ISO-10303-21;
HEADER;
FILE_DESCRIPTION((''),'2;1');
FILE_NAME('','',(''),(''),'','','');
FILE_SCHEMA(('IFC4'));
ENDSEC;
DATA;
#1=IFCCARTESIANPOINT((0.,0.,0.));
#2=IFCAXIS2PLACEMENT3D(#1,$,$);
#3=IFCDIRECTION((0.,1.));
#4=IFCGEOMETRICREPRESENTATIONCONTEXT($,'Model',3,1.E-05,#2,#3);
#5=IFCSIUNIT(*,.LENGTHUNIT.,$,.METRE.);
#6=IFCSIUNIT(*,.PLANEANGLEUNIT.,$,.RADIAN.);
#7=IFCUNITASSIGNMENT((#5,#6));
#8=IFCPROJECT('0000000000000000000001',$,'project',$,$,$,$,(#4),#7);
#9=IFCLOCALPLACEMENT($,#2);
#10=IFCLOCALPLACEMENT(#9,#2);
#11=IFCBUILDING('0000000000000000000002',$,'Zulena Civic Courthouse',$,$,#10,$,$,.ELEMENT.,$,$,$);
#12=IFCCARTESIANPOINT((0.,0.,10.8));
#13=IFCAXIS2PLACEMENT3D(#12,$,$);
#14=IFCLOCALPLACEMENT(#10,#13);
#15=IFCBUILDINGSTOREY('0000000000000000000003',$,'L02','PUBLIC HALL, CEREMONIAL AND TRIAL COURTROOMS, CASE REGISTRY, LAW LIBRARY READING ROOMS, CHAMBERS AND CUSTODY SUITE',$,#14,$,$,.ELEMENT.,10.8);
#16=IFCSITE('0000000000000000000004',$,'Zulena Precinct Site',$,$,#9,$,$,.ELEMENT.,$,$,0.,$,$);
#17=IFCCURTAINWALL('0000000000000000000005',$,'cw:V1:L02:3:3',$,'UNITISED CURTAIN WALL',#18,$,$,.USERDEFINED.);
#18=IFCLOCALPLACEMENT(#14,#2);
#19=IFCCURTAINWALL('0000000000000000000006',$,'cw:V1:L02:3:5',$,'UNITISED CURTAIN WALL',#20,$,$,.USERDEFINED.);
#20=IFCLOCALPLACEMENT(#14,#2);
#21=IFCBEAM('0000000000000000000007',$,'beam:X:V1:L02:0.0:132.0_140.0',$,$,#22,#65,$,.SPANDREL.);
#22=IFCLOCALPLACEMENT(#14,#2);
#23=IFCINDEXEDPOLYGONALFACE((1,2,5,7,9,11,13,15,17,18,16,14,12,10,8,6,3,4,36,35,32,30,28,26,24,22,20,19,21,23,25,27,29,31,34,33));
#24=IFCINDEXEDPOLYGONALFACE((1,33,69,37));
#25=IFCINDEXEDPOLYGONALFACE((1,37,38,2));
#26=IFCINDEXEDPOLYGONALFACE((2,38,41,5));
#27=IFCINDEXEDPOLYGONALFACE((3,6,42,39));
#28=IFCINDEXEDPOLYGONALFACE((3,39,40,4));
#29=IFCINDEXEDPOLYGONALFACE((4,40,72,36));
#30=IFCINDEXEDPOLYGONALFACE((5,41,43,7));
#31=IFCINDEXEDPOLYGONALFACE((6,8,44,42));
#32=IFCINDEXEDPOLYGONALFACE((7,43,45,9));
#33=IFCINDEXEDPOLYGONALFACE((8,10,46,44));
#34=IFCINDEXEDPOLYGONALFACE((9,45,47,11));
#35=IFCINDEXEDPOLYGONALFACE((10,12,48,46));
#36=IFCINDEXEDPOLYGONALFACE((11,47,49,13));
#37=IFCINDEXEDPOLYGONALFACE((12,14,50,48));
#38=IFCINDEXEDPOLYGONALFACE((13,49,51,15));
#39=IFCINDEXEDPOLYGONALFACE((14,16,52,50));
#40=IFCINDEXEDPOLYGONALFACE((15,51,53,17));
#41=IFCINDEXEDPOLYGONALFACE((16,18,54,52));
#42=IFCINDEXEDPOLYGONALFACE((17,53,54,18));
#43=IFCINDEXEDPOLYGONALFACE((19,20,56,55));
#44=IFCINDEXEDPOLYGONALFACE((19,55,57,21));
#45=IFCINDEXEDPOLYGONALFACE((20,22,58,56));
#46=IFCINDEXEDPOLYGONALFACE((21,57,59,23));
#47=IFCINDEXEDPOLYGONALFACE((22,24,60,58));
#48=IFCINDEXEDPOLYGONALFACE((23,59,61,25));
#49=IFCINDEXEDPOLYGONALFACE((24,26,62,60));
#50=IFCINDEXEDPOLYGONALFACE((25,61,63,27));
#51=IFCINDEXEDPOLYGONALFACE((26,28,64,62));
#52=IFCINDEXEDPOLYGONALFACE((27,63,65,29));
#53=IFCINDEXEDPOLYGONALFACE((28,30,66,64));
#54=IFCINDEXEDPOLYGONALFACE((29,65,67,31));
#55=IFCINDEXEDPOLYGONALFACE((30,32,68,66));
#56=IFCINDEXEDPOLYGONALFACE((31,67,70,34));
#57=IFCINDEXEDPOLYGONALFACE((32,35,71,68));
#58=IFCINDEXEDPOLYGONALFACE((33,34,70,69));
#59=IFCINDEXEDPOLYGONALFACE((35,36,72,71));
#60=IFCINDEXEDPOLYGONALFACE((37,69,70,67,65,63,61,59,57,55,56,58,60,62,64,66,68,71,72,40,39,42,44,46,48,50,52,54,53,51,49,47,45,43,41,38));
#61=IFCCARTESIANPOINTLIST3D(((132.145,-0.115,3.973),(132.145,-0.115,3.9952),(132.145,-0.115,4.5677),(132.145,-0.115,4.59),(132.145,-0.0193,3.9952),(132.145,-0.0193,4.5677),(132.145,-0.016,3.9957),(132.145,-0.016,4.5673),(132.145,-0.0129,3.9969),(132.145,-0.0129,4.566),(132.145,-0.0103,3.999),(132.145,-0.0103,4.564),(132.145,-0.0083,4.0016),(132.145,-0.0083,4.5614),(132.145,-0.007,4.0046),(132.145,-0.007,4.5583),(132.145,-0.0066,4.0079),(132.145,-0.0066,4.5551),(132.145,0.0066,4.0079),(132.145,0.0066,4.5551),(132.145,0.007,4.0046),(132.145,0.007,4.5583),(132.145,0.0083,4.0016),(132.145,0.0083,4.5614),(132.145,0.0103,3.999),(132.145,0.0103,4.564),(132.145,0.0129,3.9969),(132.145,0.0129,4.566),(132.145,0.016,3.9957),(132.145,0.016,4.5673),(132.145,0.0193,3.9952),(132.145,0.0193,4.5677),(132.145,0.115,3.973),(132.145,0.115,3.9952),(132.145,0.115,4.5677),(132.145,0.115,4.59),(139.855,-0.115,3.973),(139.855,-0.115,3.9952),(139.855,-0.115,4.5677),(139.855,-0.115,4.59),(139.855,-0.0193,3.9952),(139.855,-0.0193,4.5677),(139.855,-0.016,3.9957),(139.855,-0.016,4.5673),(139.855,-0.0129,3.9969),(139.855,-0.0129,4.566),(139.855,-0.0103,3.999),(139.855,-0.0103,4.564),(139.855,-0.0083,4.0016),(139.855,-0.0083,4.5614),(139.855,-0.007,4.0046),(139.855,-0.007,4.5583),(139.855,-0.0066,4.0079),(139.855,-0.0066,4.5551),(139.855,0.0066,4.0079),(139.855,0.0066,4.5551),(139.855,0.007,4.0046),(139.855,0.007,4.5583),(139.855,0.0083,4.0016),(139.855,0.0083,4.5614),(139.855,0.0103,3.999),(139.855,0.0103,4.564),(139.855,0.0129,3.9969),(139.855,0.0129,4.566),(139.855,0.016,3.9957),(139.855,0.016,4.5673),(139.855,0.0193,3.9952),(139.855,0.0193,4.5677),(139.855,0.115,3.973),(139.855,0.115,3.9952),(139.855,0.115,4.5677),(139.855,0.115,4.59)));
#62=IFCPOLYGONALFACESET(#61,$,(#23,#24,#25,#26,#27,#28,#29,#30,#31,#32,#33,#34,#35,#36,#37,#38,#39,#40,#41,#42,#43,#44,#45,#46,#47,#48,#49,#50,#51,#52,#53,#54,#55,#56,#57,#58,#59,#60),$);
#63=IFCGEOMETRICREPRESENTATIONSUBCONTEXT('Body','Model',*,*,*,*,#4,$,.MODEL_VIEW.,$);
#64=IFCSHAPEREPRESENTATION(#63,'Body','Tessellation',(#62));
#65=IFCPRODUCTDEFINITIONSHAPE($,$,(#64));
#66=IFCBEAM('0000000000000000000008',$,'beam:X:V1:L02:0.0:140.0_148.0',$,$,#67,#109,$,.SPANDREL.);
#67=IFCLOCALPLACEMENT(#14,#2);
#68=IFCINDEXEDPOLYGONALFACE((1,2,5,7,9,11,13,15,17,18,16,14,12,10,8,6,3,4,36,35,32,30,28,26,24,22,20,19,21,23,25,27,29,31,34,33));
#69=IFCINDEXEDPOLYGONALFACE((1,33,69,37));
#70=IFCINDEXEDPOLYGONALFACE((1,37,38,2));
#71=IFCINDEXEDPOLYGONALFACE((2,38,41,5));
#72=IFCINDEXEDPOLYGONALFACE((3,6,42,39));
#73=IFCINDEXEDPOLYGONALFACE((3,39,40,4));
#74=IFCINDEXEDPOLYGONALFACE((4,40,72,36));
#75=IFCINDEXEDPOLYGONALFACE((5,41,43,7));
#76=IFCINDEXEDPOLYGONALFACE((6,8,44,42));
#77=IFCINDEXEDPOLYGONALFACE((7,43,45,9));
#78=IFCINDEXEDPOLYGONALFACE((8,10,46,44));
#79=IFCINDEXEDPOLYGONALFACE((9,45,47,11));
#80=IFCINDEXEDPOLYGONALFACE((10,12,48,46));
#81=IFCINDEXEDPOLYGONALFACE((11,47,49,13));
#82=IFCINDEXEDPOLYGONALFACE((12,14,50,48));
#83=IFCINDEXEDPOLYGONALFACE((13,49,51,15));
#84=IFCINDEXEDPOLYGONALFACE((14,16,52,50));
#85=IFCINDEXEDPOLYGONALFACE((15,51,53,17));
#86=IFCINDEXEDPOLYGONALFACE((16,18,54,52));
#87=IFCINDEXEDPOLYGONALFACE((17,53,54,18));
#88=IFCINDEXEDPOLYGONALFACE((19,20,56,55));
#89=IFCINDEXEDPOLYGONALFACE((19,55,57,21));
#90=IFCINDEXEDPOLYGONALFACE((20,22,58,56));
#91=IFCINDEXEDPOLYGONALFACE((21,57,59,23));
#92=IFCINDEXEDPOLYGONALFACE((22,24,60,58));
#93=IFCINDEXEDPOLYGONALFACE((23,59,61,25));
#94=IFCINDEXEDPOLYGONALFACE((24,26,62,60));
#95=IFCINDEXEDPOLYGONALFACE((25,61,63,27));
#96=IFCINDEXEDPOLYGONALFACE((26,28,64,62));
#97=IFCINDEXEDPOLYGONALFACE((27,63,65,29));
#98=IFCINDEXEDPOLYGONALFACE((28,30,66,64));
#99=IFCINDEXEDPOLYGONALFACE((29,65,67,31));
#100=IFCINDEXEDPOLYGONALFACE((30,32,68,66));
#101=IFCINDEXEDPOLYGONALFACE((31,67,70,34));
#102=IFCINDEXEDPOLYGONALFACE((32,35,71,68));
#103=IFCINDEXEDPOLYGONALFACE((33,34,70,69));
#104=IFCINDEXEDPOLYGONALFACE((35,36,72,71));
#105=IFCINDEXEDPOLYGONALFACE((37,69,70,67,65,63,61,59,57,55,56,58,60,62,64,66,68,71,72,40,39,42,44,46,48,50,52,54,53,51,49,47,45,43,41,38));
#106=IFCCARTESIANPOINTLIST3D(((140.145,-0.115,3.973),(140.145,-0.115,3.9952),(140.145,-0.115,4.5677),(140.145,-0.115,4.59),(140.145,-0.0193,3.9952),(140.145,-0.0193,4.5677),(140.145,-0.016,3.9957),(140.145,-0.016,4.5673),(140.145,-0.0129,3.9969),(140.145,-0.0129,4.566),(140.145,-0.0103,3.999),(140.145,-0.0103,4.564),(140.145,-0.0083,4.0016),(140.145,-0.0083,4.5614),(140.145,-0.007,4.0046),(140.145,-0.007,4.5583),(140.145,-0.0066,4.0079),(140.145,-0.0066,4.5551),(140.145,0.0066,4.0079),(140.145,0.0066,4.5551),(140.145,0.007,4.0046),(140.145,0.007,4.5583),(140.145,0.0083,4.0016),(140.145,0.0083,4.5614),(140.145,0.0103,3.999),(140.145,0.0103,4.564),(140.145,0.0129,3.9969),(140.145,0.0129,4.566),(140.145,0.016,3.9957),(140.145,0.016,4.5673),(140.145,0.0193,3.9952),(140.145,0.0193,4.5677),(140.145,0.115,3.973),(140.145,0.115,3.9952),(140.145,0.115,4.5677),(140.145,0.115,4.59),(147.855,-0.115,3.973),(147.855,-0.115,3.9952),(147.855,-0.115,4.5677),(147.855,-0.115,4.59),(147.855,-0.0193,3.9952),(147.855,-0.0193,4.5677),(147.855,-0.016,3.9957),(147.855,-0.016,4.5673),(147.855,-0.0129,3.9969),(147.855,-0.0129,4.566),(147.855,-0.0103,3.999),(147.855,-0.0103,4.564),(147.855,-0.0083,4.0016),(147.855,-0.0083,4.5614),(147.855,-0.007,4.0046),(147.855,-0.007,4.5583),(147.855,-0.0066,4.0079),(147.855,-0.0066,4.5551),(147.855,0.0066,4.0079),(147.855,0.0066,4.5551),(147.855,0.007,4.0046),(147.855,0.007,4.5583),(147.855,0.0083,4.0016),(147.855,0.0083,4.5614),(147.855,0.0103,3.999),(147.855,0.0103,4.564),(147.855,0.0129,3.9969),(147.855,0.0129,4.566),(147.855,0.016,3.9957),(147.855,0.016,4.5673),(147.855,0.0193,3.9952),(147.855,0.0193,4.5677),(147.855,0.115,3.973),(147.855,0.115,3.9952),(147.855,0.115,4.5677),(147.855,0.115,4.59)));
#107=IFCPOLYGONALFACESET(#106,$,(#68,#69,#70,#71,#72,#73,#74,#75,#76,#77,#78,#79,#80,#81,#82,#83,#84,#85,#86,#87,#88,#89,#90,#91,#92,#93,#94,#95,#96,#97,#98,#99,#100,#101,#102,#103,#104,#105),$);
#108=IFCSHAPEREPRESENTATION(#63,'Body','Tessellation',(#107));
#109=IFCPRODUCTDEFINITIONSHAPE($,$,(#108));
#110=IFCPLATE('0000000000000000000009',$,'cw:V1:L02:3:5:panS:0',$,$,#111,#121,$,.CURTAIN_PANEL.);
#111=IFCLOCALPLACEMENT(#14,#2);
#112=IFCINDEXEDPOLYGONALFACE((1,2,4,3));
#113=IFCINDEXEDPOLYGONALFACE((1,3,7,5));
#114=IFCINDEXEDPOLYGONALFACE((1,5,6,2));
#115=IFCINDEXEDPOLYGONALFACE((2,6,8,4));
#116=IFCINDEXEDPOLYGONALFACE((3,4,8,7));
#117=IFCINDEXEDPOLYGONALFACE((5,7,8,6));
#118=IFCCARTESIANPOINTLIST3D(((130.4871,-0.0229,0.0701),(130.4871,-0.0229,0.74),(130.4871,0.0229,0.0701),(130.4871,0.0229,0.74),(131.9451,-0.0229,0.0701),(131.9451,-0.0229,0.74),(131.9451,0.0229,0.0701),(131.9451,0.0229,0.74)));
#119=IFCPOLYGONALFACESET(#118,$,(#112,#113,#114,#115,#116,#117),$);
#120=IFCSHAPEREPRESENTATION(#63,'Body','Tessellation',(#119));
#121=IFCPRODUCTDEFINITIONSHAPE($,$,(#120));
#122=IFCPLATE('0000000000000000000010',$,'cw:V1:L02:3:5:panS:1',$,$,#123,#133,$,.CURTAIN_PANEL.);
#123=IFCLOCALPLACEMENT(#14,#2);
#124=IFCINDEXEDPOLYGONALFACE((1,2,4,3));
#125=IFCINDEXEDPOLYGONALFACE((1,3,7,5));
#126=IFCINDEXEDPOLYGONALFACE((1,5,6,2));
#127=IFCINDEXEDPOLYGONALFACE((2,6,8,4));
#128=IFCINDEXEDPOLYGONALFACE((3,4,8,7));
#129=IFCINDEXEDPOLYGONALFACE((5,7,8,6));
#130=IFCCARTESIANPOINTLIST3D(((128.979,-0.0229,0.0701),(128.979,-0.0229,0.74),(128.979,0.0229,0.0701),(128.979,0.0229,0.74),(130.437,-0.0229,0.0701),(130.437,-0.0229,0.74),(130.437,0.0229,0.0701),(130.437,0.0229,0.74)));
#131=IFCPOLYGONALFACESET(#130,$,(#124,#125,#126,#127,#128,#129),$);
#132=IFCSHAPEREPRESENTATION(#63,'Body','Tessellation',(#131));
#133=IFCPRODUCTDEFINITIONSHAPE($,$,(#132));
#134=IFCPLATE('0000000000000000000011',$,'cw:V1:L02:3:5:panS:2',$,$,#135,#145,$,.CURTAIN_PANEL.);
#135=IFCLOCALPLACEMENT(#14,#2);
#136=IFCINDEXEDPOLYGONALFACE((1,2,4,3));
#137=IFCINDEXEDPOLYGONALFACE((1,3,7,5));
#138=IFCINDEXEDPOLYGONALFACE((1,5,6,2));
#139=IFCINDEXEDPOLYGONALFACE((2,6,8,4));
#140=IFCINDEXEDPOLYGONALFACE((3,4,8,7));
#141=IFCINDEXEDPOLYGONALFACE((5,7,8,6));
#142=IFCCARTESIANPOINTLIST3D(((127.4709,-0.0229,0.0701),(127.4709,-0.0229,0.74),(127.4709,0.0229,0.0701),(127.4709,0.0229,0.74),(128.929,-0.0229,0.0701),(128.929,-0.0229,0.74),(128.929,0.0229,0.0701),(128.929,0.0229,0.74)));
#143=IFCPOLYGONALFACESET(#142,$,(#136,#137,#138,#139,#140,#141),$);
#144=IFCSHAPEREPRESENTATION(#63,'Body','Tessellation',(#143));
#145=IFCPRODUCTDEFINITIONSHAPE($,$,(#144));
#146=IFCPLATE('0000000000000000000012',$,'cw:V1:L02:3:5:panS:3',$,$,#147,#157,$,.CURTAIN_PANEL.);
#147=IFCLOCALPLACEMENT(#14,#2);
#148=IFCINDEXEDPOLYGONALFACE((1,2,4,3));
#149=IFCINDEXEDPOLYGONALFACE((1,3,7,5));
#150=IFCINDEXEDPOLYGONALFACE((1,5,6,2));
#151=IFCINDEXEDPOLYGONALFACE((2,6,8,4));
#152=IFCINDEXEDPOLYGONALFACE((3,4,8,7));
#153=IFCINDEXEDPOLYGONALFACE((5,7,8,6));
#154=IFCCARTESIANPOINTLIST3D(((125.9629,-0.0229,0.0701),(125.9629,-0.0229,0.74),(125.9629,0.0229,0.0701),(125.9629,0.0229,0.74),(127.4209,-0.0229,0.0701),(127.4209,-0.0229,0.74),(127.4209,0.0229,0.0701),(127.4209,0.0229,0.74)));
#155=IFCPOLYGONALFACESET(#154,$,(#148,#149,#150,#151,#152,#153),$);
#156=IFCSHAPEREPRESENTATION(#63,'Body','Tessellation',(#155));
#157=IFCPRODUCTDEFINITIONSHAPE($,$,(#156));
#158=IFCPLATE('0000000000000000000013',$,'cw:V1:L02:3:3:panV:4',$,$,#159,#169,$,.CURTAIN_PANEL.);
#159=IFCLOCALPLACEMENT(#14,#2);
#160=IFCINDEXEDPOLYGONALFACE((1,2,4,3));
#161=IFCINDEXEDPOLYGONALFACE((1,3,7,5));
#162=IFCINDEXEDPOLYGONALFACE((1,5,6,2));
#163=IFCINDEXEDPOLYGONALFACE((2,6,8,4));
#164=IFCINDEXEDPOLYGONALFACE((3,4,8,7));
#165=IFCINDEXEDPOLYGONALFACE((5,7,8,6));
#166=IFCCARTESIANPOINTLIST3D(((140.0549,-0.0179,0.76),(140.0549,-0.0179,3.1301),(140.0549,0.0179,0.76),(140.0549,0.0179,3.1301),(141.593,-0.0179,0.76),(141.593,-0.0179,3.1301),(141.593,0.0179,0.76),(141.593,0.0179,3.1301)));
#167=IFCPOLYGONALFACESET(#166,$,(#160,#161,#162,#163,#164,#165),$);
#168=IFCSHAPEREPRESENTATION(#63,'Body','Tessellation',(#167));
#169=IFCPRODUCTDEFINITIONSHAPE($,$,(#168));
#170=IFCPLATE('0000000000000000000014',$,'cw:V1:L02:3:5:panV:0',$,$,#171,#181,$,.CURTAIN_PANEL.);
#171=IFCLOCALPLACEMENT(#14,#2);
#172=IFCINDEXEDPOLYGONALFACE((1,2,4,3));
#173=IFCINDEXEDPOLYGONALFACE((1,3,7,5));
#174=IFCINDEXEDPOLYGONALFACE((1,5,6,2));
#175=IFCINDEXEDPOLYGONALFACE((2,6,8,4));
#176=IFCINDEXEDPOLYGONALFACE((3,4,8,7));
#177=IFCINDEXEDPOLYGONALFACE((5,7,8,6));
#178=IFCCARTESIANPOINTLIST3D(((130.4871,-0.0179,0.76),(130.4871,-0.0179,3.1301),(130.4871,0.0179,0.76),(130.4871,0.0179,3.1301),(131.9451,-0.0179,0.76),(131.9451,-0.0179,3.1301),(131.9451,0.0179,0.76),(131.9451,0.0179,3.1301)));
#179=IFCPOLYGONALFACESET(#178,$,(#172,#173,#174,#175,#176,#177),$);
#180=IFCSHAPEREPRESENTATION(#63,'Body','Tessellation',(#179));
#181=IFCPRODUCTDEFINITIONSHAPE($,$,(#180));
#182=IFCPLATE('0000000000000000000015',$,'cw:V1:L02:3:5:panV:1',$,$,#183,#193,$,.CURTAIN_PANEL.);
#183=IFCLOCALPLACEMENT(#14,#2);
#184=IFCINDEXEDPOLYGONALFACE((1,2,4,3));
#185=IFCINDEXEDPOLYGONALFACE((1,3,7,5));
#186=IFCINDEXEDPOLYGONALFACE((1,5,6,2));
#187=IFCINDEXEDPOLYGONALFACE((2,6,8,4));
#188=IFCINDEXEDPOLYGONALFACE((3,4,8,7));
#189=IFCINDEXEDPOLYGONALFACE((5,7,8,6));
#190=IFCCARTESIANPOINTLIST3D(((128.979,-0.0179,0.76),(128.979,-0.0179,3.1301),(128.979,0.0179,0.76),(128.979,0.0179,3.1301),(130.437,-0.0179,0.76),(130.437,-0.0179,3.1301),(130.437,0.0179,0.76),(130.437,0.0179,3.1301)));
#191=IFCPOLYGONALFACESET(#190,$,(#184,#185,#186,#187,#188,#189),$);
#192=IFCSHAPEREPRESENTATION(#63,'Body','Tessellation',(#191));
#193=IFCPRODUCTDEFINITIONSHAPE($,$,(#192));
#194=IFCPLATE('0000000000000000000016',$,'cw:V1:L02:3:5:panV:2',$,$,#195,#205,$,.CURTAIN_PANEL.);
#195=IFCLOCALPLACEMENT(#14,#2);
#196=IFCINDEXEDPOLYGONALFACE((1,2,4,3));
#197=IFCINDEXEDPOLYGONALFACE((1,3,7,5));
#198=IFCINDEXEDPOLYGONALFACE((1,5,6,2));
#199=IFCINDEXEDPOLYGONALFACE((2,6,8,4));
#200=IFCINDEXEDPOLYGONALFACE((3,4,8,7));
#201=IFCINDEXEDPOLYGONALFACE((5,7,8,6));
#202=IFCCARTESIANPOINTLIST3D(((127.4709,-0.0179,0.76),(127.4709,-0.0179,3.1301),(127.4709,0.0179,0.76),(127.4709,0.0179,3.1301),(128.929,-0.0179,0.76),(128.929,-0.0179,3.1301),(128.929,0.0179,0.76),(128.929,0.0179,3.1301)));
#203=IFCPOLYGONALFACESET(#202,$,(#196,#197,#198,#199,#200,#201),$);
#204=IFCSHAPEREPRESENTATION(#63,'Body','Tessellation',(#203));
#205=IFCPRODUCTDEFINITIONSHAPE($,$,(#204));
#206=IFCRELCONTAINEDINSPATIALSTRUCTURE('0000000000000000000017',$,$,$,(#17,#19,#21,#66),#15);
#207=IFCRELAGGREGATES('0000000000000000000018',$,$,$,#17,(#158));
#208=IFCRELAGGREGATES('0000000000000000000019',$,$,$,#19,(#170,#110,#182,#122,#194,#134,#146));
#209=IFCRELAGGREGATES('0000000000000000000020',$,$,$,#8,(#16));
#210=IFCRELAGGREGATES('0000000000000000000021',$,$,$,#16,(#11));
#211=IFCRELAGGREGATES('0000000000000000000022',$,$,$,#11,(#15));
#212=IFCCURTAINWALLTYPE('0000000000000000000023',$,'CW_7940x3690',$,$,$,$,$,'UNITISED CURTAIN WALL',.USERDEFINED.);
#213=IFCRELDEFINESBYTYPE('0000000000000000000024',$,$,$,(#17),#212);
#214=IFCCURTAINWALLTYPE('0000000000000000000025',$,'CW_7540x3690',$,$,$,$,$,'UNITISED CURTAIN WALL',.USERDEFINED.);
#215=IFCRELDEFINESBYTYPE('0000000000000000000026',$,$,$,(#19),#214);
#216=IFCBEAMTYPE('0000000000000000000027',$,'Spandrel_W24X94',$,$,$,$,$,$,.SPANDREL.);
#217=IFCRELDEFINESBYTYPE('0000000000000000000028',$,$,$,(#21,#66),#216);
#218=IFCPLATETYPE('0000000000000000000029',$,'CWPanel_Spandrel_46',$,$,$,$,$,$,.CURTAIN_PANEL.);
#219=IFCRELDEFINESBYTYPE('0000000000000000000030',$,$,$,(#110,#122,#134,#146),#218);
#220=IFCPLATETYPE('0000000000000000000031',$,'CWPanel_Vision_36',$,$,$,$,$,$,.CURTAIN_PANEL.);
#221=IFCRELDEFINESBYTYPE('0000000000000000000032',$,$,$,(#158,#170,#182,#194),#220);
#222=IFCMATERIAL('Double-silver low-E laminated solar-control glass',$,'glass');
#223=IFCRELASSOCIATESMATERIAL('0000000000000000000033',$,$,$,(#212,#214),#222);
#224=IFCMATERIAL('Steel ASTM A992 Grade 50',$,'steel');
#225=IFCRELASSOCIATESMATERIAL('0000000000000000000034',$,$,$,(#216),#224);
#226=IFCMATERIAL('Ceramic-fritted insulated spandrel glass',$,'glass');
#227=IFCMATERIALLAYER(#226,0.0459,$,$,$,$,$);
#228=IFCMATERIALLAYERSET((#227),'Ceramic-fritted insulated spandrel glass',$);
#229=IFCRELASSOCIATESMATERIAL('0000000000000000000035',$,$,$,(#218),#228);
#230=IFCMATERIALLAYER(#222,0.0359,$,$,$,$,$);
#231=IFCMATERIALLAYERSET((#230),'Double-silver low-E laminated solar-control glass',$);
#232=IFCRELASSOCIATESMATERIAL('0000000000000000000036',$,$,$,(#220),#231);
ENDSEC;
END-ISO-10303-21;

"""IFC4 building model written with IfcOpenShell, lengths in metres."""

from ifc_helpers import new_model, si_unit, direction, frame, origin, origin_2d, place, context, subcontext, project, spatial, rectangle, i_section, extrude, material, layer, layer_set, material_profile, profile_set, type_object, element, aggregate, save


model = new_model("IFC4")

# Units and contexts
model_context = context("Model", 3, precision=1e-05, world=origin(), true_north=direction((0.0, 1.0)))
body_context = subcontext(model_context, "Body", "Model", "MODEL_VIEW")
ifc_project = project(units=[si_unit("LENGTHUNIT", "METRE"), si_unit("PLANEANGLEUNIT", "RADIAN")], contexts=[model_context])

# Site, building, storey
site_placement = place(None, origin())
site = spatial("IfcSite", under=ifc_project, at=site_placement, Name="Zulena Precinct Site", CompositionType="ELEMENT", RefElevation=0.0)
building_placement = place(site_placement, origin())
building = spatial("IfcBuilding", under=site, at=building_placement, Name="Zulena Civic Courthouse", CompositionType="ELEMENT")
storey_placement = place(building_placement, frame((0.0, 0.0, 10.8)))
storey = spatial("IfcBuildingStorey", under=building, at=storey_placement, Name="L02", Description="PUBLIC HALL, CEREMONIAL AND TRIAL COURTROOMS, CASE REGISTRY, LAW LIBRARY READING ROOMS, CHAMBERS AND CUSTODY SUITE", CompositionType="ELEMENT", Elevation=10.8)

# Shared definitions
ifc_material_1 = material(Name="Steel ASTM A992 Grade 50", Category="steel")

# Curtain wall
ifc_material_2 = material(Name="Double-silver low-E laminated solar-control glass", Category="glass")
curtain_wall_type_1 = type_object("IfcCurtainWallType", Name="CW_7940x3690", ElementType="UNITISED CURTAIN WALL", PredefinedType="USERDEFINED", material=ifc_material_2)
curtain_wall_1_placement = place(storey_placement, origin())
curtain_wall_1 = element("IfcCurtainWall", 1, at=curtain_wall_1_placement, inside=storey, type_object=curtain_wall_type_1, Name="cw:V1:L02:3:3", ObjectType="UNITISED CURTAIN WALL", PredefinedType="USERDEFINED")

# Curtain wall
curtain_wall_type_2 = type_object("IfcCurtainWallType", Name="CW_7540x3690", ElementType="UNITISED CURTAIN WALL", PredefinedType="USERDEFINED", material=ifc_material_2)
curtain_wall_2_placement = place(storey_placement, origin())
curtain_wall_2 = element("IfcCurtainWall", 2, at=curtain_wall_2_placement, inside=storey, type_object=curtain_wall_type_2, Name="cw:V1:L02:3:5", ObjectType="UNITISED CURTAIN WALL", PredefinedType="USERDEFINED")

# Beams
ifc_material_profile_1 = material_profile(ifc_material_1, i_section(OverallWidth=0.23, OverallDepth=0.6169, WebThickness=0.0132, FlangeThickness=0.0222, FilletRadius=0.0127, at=origin_2d()), Name="W24X94")
ifc_profile_set_1 = profile_set([ifc_material_profile_1], Name="Steel ASTM A992 Grade 50")
beam_type_1 = type_object("IfcBeamType", Name="Spandrel_W24X94", PredefinedType="SPANDREL", material=ifc_profile_set_1)
for number, where, z_axis, x_axis, name in (
    (3, (132.145, 0.0, 4.2815), (1.0, 0.0, 0.0), (0.0, 1.0, 0.0), "beam:X:V1:L02:0.0:132.0_140.0"),
    (4, (140.145, 0.0, 4.2815), (1.0, 0.0, 0.0), (0.0, 1.0, 0.0), "beam:X:V1:L02:0.0:140.0_148.0"),
):
    element("IfcBeam", number, at=place(storey_placement, frame(where, z_axis=z_axis, x_axis=x_axis)), inside=storey, type_object=beam_type_1, Name=name, PredefinedType="SPANDREL", context=body_context, shape_type="SweptSolid", body=[
        extrude(i_section(OverallWidth=0.23, OverallDepth=0.6169, WebThickness=0.0132, FlangeThickness=0.0222, FilletRadius=0.0127, at=origin_2d()), origin(), (0.0, 0.0, 1.0), 7.71),
    ])

# Plates
ifc_material_3 = material(Name="Ceramic-fritted insulated spandrel glass", Category="glass")
ifc_layer_1 = layer(ifc_material_3, 0.0459)
ifc_layer_set_1 = layer_set([ifc_layer_1], Name="Ceramic-fritted insulated spandrel glass")
plate_type_1 = type_object("IfcPlateType", Name="CWPanel_Spandrel_46", PredefinedType="CURTAIN_PANEL", material=ifc_layer_set_1)
plate_1_placement = place(storey_placement, frame((131.2161, 0.0, 0.0701), z_axis=(0.0, 0.0, 1.0), x_axis=(-1.0, 0.0, 0.0)))
plate_1 = element("IfcPlate", 5, at=plate_1_placement, type_object=plate_type_1, Name="cw:V1:L02:3:5:panS:0", PredefinedType="CURTAIN_PANEL", context=body_context, shape_type="SweptSolid", body=[
    extrude(rectangle(XDim=1.458, YDim=0.0459, at=origin_2d()), origin(), (0.0, 0.0, 1.0), 0.6699),
])
plate_2_placement = place(storey_placement, frame((129.708, 0.0, 0.0701), z_axis=(0.0, 0.0, 1.0), x_axis=(-1.0, 0.0, 0.0)))
plate_2 = element("IfcPlate", 6, at=plate_2_placement, type_object=plate_type_1, Name="cw:V1:L02:3:5:panS:1", PredefinedType="CURTAIN_PANEL", context=body_context, shape_type="SweptSolid", body=[
    extrude(rectangle(XDim=1.458, YDim=0.0459, at=origin_2d()), origin(), (0.0, 0.0, 1.0), 0.6699),
])
plate_3_placement = place(storey_placement, frame((128.2, 0.0, 0.0701), z_axis=(0.0, 0.0, 1.0), x_axis=(-1.0, 0.0, 0.0)))
plate_3 = element("IfcPlate", 7, at=plate_3_placement, type_object=plate_type_1, Name="cw:V1:L02:3:5:panS:2", PredefinedType="CURTAIN_PANEL", context=body_context, shape_type="SweptSolid", body=[
    extrude(rectangle(XDim=1.458, YDim=0.0459, at=origin_2d()), origin(), (0.0, 0.0, 1.0), 0.6699),
])
plate_4_placement = place(storey_placement, frame((126.6919, 0.0, 0.0701), z_axis=(0.0, 0.0, 1.0), x_axis=(-1.0, 0.0, 0.0)))
plate_4 = element("IfcPlate", 8, at=plate_4_placement, type_object=plate_type_1, Name="cw:V1:L02:3:5:panS:3", PredefinedType="CURTAIN_PANEL", context=body_context, shape_type="SweptSolid", body=[
    extrude(rectangle(XDim=1.458, YDim=0.0459, at=origin_2d()), origin(), (0.0, 0.0, 1.0), 0.6699),
])
ifc_layer_2 = layer(ifc_material_2, 0.0359)
ifc_layer_set_2 = layer_set([ifc_layer_2], Name="Double-silver low-E laminated solar-control glass")
plate_type_2 = type_object("IfcPlateType", Name="CWPanel_Vision_36", PredefinedType="CURTAIN_PANEL", material=ifc_layer_set_2)
plate_5_placement = place(storey_placement, frame((140.824, 0.0, 0.76), z_axis=(0.0, 0.0, 1.0), x_axis=(-1.0, 0.0, 0.0)))
plate_5 = element("IfcPlate", 9, at=plate_5_placement, type_object=plate_type_2, Name="cw:V1:L02:3:3:panV:4", PredefinedType="CURTAIN_PANEL", context=body_context, shape_type="SweptSolid", body=[
    extrude(rectangle(XDim=1.5381, YDim=0.0359, at=origin_2d()), origin(), (0.0, 0.0, 1.0), 2.3701),
])
aggregate(curtain_wall_1, [plate_5])
plate_6_placement = place(storey_placement, frame((131.2161, 0.0, 0.76), z_axis=(0.0, 0.0, 1.0), x_axis=(-1.0, 0.0, 0.0)))
plate_6 = element("IfcPlate", 10, at=plate_6_placement, type_object=plate_type_2, Name="cw:V1:L02:3:5:panV:0", PredefinedType="CURTAIN_PANEL", context=body_context, shape_type="SweptSolid", body=[
    extrude(rectangle(XDim=1.458, YDim=0.0359, at=origin_2d()), origin(), (0.0, 0.0, 1.0), 2.3701),
])
plate_7_placement = place(storey_placement, frame((129.708, 0.0, 0.76), z_axis=(0.0, 0.0, 1.0), x_axis=(-1.0, 0.0, 0.0)))
plate_7 = element("IfcPlate", 11, at=plate_7_placement, type_object=plate_type_2, Name="cw:V1:L02:3:5:panV:1", PredefinedType="CURTAIN_PANEL", context=body_context, shape_type="SweptSolid", body=[
    extrude(rectangle(XDim=1.458, YDim=0.0359, at=origin_2d()), origin(), (0.0, 0.0, 1.0), 2.3701),
])
plate_8_placement = place(storey_placement, frame((128.2, 0.0, 0.76), z_axis=(0.0, 0.0, 1.0), x_axis=(-1.0, 0.0, 0.0)))
plate_8 = element("IfcPlate", 12, at=plate_8_placement, type_object=plate_type_2, Name="cw:V1:L02:3:5:panV:2", PredefinedType="CURTAIN_PANEL", context=body_context, shape_type="SweptSolid", body=[
    extrude(rectangle(XDim=1.458, YDim=0.0359, at=origin_2d()), origin(), (0.0, 0.0, 1.0), 2.3701),
])
aggregate(curtain_wall_2, [plate_6, plate_1, plate_7, plate_2, plate_8, plate_3, plate_4])

save(model, "model.ifc")
